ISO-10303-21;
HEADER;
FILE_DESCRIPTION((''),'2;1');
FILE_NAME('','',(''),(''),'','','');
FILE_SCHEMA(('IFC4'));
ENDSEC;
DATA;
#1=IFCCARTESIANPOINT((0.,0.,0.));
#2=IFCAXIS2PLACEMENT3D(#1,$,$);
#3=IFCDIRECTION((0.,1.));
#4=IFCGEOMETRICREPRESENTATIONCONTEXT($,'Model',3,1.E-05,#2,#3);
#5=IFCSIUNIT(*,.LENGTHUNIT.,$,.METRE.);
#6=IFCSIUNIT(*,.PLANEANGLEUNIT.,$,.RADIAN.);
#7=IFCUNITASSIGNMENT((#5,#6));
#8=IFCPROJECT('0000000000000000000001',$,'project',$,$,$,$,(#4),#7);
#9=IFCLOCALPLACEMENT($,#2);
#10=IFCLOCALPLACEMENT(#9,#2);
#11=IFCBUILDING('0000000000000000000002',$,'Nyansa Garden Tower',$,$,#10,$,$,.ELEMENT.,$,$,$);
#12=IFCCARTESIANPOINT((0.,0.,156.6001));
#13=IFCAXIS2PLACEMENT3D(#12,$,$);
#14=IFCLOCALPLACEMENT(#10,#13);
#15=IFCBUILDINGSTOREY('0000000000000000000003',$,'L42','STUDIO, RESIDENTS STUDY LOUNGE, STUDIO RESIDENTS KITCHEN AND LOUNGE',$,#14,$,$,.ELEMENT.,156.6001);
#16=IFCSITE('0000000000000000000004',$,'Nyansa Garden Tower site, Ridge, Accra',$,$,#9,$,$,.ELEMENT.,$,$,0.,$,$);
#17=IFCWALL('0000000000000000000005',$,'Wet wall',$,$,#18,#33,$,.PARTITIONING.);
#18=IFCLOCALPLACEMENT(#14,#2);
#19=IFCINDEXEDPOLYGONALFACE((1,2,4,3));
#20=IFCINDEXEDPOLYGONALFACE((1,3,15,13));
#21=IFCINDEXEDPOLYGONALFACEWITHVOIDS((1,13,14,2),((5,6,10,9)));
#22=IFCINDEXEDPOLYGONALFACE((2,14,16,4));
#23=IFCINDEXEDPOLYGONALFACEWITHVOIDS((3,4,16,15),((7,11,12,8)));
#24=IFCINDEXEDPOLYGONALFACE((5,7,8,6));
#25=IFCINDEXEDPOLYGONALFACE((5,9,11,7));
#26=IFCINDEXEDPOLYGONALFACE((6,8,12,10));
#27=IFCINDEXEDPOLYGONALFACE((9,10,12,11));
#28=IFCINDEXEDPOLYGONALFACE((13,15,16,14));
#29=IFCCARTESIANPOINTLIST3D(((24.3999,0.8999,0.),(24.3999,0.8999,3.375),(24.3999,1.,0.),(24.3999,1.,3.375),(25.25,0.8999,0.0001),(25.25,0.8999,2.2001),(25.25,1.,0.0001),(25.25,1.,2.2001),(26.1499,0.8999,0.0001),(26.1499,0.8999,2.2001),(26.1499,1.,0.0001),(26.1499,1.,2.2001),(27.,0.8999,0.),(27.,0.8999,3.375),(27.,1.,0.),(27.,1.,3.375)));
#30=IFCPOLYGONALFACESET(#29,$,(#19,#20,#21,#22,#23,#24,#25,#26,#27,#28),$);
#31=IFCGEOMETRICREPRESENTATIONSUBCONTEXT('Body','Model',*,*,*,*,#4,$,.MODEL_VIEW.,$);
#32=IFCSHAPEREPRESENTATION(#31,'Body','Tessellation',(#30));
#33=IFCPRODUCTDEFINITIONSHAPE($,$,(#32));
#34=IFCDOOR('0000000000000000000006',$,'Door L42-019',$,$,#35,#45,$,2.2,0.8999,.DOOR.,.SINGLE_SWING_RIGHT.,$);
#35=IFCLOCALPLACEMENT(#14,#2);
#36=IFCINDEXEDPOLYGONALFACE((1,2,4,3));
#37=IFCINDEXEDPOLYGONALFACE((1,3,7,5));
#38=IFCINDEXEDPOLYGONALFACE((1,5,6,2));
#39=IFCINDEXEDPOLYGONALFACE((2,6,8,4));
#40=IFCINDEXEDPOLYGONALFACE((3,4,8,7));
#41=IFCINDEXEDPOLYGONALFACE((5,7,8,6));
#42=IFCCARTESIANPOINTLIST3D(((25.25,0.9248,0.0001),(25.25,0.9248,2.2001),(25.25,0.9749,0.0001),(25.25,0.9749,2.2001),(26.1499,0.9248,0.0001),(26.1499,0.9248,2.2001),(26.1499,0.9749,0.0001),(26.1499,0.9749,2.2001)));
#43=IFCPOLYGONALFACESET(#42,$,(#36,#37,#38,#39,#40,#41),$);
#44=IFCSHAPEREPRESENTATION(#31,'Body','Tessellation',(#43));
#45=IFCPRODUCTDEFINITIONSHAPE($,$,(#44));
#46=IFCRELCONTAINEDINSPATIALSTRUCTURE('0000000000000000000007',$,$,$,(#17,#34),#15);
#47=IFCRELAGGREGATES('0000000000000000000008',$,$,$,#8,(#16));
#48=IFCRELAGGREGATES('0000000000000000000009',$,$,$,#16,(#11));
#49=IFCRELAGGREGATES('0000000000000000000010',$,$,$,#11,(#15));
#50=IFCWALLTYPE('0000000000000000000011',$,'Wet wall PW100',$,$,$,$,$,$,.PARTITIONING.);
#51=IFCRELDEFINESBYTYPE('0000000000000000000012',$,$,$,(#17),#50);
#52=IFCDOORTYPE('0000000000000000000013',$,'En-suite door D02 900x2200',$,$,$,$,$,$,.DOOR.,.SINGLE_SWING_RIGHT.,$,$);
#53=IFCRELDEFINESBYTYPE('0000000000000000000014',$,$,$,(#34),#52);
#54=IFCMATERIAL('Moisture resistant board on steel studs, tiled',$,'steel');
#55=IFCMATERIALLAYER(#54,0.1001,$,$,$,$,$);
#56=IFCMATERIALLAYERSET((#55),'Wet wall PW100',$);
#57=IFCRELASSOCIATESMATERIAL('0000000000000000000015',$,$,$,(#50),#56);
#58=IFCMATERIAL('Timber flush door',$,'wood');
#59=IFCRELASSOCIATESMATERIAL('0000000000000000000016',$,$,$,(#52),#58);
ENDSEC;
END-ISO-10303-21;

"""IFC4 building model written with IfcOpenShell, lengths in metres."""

from ifc_helpers import new_model, si_unit, direction, frame, frame_2d, origin, place, context, subcontext, project, spatial, rectangle, extrude, material, layer, layer_set, type_object, element, fill, save


model = new_model("IFC4")

# Units and contexts
model_context = context("Model", 3, precision=1e-05, world=origin(), true_north=direction((0.0, 1.0)))
body_context = subcontext(model_context, "Body", "Model", "MODEL_VIEW")
ifc_project = project(units=[si_unit("LENGTHUNIT", "METRE"), si_unit("PLANEANGLEUNIT", "RADIAN")], contexts=[model_context])

# Site, building, storey
site_placement = place(None, origin())
site = spatial("IfcSite", under=ifc_project, at=site_placement, Name="Nyansa Garden Tower site, Ridge, Accra", CompositionType="ELEMENT", RefElevation=0.0)
building_placement = place(site_placement, origin())
building = spatial("IfcBuilding", under=site, at=building_placement, Name="Nyansa Garden Tower", CompositionType="ELEMENT")
storey_placement = place(building_placement, frame((0.0, 0.0, 156.6001)))
storey = spatial("IfcBuildingStorey", under=building, at=storey_placement, Name="L42", Description="STUDIO, RESIDENTS STUDY LOUNGE, STUDIO RESIDENTS KITCHEN AND LOUNGE", CompositionType="ELEMENT", Elevation=156.6001)

# Wall, opening, door
ifc_material_1 = material(Name="Moisture resistant board on steel studs, tiled", Category="steel")
ifc_layer_1 = layer(ifc_material_1, 0.1001)
ifc_layer_set_1 = layer_set([ifc_layer_1], Name="Wet wall PW100")
wall_type_1 = type_object("IfcWallType", Name="Wet wall PW100", PredefinedType="PARTITIONING", material=ifc_layer_set_1)
wall_1_placement = place(storey_placement, frame((24.3999, 0.95, 0.0), z_axis=(0.0, 0.0, 1.0), x_axis=(1.0, 0.0, 0.0)))
wall_1 = element("IfcWall", 1, at=wall_1_placement, inside=storey, type_object=wall_type_1, Name="Wet wall", PredefinedType="PARTITIONING", context=body_context, shape_type="SweptSolid", body=[
    extrude(rectangle(XDim=2.6001, YDim=0.1001, at=frame_2d((1.3, 0.0))), origin(), (0.0, 0.0, 1.0), 3.375),
])
opening_1_placement = place(wall_1_placement, frame((0.8501, 0.0, 0.0)))
opening_1 = element("IfcOpeningElement", 2, at=opening_1_placement, cuts=wall_1, PredefinedType="OPENING", context=body_context, shape_type="SweptSolid", body=[
    extrude(rectangle(XDim=0.8999, YDim=2.2, at=frame_2d((0.45, 1.1001))), frame((0.0, 0.0601, 0.0), z_axis=(0.0, -1.0, 0.0), x_axis=(1.0, 0.0, 0.0)), (0.0, 0.0, 1.0), 0.1201),
])
ifc_material_2 = material(Name="Timber flush door", Category="wood")
door_type_1 = type_object("IfcDoorType", Name="En-suite door D02 900x2200", OperationType="SINGLE_SWING_RIGHT", PredefinedType="DOOR", material=ifc_material_2)
door_1_placement = place(opening_1_placement, origin())
door_1 = element("IfcDoor", 3, at=door_1_placement, inside=storey, type_object=door_type_1, Name="Door L42-019", OperationType="SINGLE_SWING_RIGHT", OverallHeight=2.2, OverallWidth=0.8999, PredefinedType="DOOR", context=body_context, shape_type="SweptSolid", body=[
    extrude(rectangle(XDim=0.8999, YDim=2.2, at=frame_2d((0.45, 1.1001))), frame((0.0, 0.0249, 0.0), z_axis=(0.0, -1.0, 0.0), x_axis=(1.0, 0.0, 0.0)), (0.0, 0.0, 1.0), 0.05),
])
fill(opening_1, door_1)

save(model, "model.ifc")
